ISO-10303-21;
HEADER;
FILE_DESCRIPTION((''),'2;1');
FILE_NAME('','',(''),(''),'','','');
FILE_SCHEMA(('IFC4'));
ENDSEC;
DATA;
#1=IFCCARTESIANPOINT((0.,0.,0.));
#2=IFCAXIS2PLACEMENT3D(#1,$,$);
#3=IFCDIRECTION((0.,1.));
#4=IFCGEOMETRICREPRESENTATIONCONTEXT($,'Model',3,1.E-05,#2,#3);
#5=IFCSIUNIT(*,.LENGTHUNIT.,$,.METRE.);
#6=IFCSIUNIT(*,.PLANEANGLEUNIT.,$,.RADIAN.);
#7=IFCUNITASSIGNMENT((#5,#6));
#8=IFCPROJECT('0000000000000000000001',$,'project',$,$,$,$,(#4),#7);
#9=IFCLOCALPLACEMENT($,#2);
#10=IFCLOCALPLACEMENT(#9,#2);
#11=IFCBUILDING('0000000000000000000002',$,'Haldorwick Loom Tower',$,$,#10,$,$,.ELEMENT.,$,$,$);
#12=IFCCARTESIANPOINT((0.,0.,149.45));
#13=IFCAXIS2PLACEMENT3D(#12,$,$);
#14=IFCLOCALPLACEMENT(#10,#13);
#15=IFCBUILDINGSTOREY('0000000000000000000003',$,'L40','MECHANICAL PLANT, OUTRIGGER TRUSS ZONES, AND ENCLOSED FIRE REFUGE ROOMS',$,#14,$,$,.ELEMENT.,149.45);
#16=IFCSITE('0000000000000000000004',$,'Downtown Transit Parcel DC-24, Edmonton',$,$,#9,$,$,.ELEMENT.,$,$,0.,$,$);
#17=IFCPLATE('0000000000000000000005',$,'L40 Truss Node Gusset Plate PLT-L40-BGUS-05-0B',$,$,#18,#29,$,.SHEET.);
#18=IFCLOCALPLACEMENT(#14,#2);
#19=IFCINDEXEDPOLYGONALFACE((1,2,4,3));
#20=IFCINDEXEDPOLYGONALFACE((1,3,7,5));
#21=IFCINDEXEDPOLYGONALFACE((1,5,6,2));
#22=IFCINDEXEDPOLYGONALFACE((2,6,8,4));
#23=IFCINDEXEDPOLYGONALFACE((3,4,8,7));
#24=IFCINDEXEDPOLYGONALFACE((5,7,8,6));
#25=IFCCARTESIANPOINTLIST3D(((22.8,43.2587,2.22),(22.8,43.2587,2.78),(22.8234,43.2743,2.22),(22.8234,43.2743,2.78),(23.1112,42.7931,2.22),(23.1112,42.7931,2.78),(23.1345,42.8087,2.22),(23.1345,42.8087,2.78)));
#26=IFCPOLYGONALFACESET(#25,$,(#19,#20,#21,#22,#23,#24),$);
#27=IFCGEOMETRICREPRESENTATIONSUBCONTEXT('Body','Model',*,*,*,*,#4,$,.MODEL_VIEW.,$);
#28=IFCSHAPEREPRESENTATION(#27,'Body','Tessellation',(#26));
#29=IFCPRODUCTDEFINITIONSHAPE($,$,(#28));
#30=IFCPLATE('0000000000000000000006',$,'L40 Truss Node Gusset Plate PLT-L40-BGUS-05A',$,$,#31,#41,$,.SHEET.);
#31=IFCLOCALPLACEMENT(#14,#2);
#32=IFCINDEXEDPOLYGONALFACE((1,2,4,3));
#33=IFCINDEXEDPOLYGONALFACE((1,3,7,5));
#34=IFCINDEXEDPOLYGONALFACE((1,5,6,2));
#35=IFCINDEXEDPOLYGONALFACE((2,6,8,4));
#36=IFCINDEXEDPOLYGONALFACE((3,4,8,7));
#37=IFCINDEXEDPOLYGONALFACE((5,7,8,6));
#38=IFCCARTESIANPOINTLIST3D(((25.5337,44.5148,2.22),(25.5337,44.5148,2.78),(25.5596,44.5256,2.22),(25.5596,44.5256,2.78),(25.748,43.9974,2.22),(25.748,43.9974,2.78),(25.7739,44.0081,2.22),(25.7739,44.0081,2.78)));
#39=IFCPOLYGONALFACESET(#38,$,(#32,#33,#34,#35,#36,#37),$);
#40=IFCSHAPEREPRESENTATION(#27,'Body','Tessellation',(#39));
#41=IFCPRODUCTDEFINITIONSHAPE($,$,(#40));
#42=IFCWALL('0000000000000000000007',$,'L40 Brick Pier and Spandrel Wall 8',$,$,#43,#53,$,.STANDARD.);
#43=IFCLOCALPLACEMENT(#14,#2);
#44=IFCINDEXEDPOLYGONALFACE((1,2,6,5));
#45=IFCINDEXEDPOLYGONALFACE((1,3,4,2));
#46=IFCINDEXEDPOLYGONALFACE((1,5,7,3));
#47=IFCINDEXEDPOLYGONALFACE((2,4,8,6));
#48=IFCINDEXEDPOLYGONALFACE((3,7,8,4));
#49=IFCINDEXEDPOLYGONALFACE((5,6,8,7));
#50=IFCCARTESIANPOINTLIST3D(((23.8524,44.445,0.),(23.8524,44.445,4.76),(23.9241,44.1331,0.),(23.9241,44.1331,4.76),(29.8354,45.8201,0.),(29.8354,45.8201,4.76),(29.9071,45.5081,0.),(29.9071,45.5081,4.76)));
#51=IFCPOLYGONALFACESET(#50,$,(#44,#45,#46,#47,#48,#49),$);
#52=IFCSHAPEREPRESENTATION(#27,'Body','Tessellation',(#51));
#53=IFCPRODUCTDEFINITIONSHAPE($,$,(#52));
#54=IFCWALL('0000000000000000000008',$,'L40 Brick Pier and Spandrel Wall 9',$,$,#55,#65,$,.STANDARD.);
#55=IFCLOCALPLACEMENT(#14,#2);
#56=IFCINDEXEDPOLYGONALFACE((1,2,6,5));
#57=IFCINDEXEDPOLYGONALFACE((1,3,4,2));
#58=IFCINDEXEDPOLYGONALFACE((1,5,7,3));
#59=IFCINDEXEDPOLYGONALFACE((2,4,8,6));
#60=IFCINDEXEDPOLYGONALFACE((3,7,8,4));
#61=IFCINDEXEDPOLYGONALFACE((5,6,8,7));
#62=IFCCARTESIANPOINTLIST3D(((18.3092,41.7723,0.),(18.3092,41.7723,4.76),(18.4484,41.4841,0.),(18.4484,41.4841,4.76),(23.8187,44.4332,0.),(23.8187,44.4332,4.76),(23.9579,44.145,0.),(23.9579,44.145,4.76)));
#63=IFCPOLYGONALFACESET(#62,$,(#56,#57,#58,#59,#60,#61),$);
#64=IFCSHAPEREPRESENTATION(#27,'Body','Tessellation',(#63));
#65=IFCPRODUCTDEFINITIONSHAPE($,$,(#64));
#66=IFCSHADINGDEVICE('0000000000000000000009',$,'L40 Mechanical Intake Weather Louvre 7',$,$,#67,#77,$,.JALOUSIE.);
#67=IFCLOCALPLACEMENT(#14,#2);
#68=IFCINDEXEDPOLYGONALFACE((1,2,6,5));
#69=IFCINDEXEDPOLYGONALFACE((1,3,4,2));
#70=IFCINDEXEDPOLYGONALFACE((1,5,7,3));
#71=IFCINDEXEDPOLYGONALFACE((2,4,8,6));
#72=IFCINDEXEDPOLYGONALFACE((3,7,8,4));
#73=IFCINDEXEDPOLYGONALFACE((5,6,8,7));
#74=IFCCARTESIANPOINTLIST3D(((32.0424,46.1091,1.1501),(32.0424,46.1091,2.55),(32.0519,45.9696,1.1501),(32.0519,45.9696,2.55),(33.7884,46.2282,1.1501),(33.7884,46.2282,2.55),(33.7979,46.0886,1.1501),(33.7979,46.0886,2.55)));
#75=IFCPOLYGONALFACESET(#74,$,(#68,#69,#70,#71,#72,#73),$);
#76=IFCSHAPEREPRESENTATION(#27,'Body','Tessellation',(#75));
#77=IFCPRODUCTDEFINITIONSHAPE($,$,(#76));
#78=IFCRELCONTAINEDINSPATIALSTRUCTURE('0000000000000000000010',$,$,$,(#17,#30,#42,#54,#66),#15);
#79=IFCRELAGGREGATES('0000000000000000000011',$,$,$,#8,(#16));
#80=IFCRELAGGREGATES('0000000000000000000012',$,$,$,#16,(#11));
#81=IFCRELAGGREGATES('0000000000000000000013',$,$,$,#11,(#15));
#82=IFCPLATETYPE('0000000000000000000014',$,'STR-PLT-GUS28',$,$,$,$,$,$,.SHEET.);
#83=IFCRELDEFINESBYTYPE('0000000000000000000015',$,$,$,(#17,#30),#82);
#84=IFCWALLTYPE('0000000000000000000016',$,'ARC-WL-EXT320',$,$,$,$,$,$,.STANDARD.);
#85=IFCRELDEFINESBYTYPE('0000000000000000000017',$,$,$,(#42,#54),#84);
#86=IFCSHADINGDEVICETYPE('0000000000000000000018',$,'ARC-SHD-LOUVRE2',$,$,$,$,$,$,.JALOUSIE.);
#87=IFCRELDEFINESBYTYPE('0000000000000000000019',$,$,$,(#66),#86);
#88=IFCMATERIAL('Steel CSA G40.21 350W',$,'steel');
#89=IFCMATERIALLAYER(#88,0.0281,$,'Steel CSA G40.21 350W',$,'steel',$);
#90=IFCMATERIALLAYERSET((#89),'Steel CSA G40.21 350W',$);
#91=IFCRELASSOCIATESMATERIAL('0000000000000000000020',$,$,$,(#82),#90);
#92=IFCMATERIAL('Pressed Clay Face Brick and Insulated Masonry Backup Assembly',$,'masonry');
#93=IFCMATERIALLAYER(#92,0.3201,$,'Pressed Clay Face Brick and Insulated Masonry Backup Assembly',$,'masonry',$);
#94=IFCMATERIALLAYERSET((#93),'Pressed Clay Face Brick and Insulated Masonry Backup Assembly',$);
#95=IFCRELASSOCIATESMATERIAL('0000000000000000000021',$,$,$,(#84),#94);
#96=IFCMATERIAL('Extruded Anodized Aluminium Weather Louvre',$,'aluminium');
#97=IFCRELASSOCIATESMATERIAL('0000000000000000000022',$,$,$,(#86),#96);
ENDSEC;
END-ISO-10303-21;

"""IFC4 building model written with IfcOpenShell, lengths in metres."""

from ifc_helpers import new_model, si_unit, direction, frame, frame_2d, origin, origin_2d, place, context, subcontext, project, spatial, rectangle, extrude, material, layer, layer_set, type_object, element, save


model = new_model("IFC4")

# Units and contexts
model_context = context("Model", 3, precision=1e-05, world=origin(), true_north=direction((0.0, 1.0)))
body_context = subcontext(model_context, "Body", "Model", "MODEL_VIEW")
ifc_project = project(units=[si_unit("LENGTHUNIT", "METRE"), si_unit("PLANEANGLEUNIT", "RADIAN")], contexts=[model_context])

# Site, building, storey
site_placement = place(None, origin())
site = spatial("IfcSite", under=ifc_project, at=site_placement, Name="Downtown Transit Parcel DC-24, Edmonton", CompositionType="ELEMENT", RefElevation=0.0)
building_placement = place(site_placement, origin())
building = spatial("IfcBuilding", under=site, at=building_placement, Name="Haldorwick Loom Tower", CompositionType="ELEMENT")
storey_placement = place(building_placement, frame((0.0, 0.0, 149.45)))
storey = spatial("IfcBuildingStorey", under=building, at=storey_placement, Name="L40", Description="MECHANICAL PLANT, OUTRIGGER TRUSS ZONES, AND ENCLOSED FIRE REFUGE ROOMS", CompositionType="ELEMENT", Elevation=149.45)

# Shared definitions
ifc_material_1 = material(Name="Steel CSA G40.21 350W", Category="steel")

# Plates
ifc_layer_1 = layer(ifc_material_1, 0.0281, Name="Steel CSA G40.21 350W", Category="steel")
ifc_layer_set_1 = layer_set([ifc_layer_1], Name="Steel CSA G40.21 350W")
plate_type = type_object("IfcPlateType", Name="STR-PLT-GUS28", PredefinedType="SHEET", material=ifc_layer_set_1)
for number, where, z_axis, x_axis, name in (
    (1, (22.9673, 43.0337, 2.22), (0.0, 0.0, 1.0), (-0.55557, 0.83147, 0.0), "L40 Truss Node Gusset Plate PLT-L40-BGUS-05-0B"),
    (2, (25.6538, 44.2615, 2.22), (0.0, 0.0, 1.0), (-0.382683, 0.92388, 0.0), "L40 Truss Node Gusset Plate PLT-L40-BGUS-05A"),
):
    element("IfcPlate", number, at=place(storey_placement, frame(where, z_axis=z_axis, x_axis=x_axis)), inside=storey, type_object=plate_type, Name=name, PredefinedType="SHEET", context=body_context, shape_type="SweptSolid", body=[
        extrude(rectangle(XDim=0.5601, YDim=0.0281, at=origin_2d()), origin(), (0.0, 0.0, 1.0), 0.5601),
    ])

# Walls
ifc_material_2 = material(Name="Pressed Clay Face Brick and Insulated Masonry Backup Assembly", Category="masonry")
ifc_layer_2 = layer(ifc_material_2, 0.3201, Name="Pressed Clay Face Brick and Insulated Masonry Backup Assembly", Category="masonry")
ifc_layer_set_2 = layer_set([ifc_layer_2], Name="Pressed Clay Face Brick and Insulated Masonry Backup Assembly")
wall_type = type_object("IfcWallType", Name="ARC-WL-EXT320", PredefinedType="STANDARD", material=ifc_layer_set_2)
wall_1_placement = place(storey_placement, frame((29.8711, 45.6641, 0.0), z_axis=(0.0, 0.0, 1.0), x_axis=(-0.974593, -0.223982, 0.0)))
element("IfcWall", 3, at=wall_1_placement, inside=storey, type_object=wall_type, Name="L40 Brick Pier and Spandrel Wall 8", PredefinedType="STANDARD", context=body_context, shape_type="SweptSolid", body=[
    extrude(rectangle(XDim=6.1389, YDim=0.3201, at=frame_2d((3.0693, 0.0))), origin(), (0.0, 0.0, 1.0), 4.76),
])
wall_2_placement = place(storey_placement, frame((23.8882, 44.2891, 0.0), z_axis=(0.0, 0.0, 1.0), x_axis=(-0.90048, -0.434897, 0.0)))
element("IfcWall", 4, at=wall_2_placement, inside=storey, type_object=wall_type, Name="L40 Brick Pier and Spandrel Wall 9", PredefinedType="STANDARD", context=body_context, shape_type="SweptSolid", body=[
    extrude(rectangle(XDim=6.1184, YDim=0.3201, at=frame_2d((3.0591, 0.0))), origin(), (0.0, 0.0, 1.0), 4.76),
])

# Shading device
ifc_material_3 = material(Name="Extruded Anodized Aluminium Weather Louvre", Category="aluminium")
shading_device_type = type_object("IfcShadingDeviceType", Name="ARC-SHD-LOUVRE2", PredefinedType="JALOUSIE", material=ifc_material_3)
shading_device_placement = place(storey_placement, frame((32.9202, 46.0989, 1.1501), z_axis=(0.0, 0.0, 1.0), x_axis=(-0.997684, -0.068015, 0.0)))
element("IfcShadingDevice", 5, at=shading_device_placement, inside=storey, type_object=shading_device_type, Name="L40 Mechanical Intake Weather Louvre 7", PredefinedType="JALOUSIE", context=body_context, shape_type="SweptSolid", body=[
    extrude(rectangle(XDim=1.75, YDim=0.1399, at=origin_2d()), origin(), (0.0, 0.0, 1.0), 1.3999),
])

save(model, "model.ifc")
